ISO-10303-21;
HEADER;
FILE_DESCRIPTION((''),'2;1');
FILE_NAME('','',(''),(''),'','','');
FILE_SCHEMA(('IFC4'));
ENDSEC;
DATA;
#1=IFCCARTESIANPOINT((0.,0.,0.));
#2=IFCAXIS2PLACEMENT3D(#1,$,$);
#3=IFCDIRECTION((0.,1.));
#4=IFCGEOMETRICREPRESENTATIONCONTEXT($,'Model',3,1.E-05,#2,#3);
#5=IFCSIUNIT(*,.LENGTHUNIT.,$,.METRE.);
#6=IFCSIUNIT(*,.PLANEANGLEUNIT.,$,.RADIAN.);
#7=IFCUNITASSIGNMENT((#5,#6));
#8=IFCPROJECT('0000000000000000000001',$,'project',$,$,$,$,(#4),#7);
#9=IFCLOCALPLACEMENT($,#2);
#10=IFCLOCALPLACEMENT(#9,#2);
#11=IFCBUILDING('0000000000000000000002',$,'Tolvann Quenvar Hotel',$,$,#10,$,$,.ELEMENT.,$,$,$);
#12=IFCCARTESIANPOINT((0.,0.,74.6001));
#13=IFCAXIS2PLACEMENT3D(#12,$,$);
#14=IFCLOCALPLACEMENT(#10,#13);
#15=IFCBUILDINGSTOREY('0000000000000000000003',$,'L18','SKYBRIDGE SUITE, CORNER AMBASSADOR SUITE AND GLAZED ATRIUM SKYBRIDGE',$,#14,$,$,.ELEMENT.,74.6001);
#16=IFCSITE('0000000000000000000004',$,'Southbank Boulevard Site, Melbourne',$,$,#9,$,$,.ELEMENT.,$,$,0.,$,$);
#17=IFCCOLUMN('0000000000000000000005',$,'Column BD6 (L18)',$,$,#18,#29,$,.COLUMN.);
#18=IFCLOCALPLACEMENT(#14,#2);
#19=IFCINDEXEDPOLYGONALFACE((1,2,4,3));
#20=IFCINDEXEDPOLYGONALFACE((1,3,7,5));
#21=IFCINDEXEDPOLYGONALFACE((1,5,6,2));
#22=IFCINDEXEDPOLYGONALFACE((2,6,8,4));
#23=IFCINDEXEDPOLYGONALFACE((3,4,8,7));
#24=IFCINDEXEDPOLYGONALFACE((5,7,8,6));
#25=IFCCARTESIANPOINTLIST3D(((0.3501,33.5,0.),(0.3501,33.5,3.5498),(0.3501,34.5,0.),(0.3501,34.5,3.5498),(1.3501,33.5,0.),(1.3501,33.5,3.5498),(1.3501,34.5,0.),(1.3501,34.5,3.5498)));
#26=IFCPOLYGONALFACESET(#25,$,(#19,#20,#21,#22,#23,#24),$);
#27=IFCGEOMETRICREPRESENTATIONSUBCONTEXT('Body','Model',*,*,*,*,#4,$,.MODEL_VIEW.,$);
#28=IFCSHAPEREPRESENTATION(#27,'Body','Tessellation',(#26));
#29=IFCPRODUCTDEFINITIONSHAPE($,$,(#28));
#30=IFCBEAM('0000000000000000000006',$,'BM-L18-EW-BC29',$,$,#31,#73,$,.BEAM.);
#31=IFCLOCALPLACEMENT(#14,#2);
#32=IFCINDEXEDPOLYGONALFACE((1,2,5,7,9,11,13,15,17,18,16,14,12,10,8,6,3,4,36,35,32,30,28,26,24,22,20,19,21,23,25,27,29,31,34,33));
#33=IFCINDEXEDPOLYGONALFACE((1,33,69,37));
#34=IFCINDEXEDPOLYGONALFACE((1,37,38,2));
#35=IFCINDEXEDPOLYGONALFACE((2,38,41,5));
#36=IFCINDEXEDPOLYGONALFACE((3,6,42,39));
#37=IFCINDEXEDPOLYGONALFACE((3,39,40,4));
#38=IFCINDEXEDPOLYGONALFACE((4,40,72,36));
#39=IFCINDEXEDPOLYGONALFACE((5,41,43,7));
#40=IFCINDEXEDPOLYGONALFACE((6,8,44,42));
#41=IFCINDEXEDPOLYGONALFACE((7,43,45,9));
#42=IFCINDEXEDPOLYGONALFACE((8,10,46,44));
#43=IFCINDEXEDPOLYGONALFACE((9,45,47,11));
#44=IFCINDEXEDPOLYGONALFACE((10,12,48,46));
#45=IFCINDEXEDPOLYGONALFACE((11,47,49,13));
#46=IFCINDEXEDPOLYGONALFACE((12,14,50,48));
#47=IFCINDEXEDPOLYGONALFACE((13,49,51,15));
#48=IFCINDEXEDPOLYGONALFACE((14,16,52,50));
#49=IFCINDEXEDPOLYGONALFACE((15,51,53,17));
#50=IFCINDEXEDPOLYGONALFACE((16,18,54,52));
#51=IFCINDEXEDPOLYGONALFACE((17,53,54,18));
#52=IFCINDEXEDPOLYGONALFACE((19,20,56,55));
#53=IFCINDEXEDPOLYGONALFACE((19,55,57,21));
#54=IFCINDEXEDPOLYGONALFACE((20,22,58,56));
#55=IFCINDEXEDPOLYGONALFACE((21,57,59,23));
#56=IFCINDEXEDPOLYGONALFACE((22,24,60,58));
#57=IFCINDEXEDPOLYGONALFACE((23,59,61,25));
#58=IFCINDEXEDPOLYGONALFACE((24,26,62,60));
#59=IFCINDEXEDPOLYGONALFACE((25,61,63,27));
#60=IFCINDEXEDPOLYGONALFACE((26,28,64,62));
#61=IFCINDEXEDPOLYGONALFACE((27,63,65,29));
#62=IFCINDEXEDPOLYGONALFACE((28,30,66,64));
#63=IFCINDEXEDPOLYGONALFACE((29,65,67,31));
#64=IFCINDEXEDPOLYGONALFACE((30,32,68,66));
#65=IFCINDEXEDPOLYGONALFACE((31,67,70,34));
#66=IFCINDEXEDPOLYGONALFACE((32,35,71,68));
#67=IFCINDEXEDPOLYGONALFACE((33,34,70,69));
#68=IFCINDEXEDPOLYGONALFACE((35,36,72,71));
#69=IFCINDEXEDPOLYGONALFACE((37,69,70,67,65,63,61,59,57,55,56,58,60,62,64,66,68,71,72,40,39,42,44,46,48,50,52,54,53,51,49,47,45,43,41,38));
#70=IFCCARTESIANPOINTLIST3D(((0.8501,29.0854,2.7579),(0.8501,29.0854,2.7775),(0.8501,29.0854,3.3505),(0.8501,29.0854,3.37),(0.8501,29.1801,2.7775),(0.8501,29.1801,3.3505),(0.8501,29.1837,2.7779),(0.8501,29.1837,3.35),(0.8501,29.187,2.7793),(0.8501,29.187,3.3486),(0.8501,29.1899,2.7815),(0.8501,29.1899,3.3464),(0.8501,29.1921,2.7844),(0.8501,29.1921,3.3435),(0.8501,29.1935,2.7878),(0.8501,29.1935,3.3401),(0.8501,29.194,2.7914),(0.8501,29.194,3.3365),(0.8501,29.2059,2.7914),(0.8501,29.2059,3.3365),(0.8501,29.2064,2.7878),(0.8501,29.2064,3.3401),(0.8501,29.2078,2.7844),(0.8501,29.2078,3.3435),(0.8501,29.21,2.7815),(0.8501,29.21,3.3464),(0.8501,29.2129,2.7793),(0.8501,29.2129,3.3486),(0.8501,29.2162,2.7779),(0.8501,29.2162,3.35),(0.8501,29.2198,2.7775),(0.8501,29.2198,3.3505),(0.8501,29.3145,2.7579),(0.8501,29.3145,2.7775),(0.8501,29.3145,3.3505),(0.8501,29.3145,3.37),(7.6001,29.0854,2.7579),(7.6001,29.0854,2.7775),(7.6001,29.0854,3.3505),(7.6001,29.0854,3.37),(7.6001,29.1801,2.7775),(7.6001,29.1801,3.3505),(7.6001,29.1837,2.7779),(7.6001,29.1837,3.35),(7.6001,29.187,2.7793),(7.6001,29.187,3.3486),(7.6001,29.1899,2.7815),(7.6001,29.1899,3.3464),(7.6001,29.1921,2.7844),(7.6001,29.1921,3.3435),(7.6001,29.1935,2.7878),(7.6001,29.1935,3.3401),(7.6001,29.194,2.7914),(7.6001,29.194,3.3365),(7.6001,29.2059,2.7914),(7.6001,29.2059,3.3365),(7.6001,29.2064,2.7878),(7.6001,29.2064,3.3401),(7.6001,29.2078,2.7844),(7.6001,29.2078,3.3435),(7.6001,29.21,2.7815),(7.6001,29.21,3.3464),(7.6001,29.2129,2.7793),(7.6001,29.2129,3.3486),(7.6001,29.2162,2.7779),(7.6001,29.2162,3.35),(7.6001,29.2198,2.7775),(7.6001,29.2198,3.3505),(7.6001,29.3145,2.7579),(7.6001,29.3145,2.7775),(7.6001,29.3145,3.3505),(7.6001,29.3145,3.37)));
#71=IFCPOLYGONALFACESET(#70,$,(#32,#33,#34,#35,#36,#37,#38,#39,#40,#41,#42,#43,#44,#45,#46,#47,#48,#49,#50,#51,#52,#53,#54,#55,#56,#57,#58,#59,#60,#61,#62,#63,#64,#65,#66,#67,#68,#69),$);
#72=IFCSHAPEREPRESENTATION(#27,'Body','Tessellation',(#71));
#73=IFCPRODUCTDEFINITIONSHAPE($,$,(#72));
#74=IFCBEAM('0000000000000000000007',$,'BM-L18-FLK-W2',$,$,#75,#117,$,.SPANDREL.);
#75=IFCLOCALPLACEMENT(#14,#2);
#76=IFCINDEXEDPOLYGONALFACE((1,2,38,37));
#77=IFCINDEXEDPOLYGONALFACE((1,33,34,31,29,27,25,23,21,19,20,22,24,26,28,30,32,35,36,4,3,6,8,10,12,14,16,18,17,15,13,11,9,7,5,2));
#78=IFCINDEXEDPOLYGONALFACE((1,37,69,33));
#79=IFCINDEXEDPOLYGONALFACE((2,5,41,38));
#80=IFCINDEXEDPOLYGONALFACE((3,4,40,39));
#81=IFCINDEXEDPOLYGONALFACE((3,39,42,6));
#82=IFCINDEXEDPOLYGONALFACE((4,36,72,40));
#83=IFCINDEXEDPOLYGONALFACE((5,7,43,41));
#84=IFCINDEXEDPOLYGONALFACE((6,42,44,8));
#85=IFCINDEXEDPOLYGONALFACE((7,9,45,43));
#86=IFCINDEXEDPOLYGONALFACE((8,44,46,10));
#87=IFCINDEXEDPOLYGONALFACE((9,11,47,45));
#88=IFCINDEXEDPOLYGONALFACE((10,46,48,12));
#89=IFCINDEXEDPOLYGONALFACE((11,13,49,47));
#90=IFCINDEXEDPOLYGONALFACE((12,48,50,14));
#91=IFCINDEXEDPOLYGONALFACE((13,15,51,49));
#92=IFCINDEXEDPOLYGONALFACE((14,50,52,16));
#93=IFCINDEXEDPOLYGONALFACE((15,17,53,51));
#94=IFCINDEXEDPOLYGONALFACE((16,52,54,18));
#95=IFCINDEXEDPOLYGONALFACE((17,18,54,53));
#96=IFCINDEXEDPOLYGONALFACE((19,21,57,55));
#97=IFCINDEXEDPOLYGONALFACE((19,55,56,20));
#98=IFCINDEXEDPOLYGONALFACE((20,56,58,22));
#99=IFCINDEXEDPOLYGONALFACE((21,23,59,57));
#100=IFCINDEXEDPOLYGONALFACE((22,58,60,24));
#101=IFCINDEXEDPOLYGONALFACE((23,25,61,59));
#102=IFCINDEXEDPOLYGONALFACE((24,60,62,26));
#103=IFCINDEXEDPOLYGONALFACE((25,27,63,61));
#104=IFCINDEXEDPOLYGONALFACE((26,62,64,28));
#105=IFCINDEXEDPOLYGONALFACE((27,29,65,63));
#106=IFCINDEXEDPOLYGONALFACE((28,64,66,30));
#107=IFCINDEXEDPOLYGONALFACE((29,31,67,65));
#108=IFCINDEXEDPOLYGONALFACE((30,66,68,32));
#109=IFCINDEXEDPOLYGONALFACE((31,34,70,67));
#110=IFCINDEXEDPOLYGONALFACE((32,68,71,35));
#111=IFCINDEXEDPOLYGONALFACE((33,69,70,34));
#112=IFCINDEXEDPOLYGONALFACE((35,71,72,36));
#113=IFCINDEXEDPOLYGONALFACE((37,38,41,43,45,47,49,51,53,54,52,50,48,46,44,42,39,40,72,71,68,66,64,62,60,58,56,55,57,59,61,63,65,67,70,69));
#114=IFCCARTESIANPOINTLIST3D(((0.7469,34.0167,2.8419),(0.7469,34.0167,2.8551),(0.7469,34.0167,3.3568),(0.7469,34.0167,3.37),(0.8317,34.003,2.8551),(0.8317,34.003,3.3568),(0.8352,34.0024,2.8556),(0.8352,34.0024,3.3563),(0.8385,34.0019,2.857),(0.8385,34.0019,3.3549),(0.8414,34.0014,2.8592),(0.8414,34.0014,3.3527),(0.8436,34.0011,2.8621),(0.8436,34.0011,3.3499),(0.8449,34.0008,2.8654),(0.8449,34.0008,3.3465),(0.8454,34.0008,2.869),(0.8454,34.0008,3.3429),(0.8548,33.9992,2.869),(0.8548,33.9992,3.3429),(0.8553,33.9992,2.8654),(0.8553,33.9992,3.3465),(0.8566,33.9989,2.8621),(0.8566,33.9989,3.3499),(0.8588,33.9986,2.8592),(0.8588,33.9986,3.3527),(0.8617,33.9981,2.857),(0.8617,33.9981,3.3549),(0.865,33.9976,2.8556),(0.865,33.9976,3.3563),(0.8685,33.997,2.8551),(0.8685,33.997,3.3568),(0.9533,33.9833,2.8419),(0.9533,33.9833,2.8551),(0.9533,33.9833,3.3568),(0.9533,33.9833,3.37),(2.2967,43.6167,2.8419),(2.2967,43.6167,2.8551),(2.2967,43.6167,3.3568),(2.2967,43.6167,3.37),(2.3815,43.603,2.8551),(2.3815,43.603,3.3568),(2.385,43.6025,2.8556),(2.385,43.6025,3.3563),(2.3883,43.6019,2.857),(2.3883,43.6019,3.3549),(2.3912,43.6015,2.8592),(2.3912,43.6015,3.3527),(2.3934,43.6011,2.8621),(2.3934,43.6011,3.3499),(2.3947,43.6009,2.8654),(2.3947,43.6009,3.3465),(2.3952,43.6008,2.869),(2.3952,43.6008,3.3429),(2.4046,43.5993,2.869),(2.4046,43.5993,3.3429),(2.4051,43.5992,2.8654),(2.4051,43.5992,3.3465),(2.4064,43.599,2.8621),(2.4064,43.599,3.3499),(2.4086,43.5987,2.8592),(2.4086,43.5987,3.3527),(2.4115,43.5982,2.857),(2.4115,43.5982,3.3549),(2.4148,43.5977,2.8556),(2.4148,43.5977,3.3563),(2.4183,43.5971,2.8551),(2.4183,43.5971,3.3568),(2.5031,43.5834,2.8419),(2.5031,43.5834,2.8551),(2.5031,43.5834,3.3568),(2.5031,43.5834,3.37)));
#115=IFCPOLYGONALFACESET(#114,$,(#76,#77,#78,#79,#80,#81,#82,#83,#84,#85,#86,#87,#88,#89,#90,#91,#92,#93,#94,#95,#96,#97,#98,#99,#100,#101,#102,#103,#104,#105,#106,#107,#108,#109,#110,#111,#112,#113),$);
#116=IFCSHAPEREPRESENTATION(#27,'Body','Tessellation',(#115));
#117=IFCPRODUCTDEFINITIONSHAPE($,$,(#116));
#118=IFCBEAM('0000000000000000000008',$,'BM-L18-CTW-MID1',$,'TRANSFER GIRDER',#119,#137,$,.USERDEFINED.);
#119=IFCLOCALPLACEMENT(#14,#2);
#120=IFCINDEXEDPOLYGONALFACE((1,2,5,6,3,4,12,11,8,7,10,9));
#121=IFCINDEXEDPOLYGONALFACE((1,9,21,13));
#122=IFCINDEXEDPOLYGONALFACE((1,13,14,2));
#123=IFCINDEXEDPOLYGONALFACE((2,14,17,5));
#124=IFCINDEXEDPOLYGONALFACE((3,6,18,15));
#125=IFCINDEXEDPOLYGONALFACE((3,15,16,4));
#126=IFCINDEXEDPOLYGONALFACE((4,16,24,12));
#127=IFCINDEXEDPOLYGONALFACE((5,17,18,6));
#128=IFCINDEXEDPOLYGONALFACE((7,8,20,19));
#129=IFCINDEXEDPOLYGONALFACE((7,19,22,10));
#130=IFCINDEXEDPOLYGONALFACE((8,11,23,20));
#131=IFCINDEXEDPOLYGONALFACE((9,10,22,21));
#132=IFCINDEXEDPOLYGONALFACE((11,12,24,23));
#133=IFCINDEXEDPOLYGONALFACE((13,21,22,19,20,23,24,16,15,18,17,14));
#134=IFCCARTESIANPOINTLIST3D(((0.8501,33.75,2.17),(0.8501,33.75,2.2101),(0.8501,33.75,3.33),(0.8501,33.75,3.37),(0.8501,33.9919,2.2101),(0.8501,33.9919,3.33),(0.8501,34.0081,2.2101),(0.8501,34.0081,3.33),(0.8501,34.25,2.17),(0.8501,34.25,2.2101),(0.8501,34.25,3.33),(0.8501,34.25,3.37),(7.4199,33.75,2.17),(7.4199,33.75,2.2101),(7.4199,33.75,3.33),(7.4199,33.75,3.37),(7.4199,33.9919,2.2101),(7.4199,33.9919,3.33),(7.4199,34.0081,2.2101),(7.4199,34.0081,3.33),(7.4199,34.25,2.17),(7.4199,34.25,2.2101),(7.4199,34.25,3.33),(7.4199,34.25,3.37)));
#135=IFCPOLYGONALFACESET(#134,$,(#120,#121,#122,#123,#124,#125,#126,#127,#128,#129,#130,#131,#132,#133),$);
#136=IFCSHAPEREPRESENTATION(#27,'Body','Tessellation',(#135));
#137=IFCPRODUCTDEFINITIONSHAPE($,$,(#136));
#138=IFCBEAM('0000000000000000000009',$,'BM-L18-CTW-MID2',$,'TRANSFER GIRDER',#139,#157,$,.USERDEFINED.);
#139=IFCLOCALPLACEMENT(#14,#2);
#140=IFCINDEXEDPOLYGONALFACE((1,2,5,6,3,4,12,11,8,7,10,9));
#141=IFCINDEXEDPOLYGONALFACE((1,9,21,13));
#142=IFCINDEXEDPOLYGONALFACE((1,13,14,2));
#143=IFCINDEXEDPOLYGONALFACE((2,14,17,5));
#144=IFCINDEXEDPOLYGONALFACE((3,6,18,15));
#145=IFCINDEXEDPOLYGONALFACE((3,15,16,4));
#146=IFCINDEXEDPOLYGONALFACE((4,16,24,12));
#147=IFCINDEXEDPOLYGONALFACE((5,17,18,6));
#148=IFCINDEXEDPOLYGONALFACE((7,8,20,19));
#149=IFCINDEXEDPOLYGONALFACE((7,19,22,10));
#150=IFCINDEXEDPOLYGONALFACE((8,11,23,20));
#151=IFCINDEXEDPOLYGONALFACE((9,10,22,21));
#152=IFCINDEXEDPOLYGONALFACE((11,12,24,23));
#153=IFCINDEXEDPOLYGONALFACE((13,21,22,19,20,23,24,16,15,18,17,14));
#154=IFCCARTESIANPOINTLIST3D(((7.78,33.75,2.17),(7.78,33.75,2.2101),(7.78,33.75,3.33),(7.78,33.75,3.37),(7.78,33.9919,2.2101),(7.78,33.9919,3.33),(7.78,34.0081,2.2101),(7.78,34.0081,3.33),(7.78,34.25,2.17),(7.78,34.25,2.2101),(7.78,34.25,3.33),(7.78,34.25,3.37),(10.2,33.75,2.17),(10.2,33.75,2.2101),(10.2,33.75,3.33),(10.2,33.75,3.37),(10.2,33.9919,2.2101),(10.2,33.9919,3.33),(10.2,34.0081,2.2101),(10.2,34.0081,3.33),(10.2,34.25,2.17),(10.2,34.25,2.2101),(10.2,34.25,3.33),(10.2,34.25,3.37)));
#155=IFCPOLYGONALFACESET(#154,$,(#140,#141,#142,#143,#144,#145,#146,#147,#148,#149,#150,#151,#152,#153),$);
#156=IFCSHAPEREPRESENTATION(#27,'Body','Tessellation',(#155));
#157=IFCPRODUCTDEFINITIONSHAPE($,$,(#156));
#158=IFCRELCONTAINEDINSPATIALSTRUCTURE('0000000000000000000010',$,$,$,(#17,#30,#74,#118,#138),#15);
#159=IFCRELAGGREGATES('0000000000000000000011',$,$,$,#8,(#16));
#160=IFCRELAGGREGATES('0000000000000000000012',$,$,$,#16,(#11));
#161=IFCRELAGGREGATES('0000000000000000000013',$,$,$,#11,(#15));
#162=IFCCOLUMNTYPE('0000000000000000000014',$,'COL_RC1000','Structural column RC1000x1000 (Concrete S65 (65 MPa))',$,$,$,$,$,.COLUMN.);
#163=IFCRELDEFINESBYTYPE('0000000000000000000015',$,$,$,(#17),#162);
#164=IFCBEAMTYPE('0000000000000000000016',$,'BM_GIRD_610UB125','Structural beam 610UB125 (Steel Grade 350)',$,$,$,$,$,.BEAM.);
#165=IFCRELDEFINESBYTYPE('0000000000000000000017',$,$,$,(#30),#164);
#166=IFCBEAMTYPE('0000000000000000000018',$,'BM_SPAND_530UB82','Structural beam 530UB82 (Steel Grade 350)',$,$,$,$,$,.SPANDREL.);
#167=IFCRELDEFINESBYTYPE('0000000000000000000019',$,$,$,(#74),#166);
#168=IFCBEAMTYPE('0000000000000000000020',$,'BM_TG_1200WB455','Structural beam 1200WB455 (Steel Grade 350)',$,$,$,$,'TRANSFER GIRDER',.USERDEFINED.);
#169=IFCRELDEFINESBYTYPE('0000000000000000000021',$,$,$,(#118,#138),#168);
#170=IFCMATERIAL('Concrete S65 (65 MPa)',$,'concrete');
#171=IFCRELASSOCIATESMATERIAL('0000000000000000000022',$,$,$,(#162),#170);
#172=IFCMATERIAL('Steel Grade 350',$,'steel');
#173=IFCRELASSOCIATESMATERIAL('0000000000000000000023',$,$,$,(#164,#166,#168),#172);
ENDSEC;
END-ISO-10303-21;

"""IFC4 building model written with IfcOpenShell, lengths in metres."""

from ifc_helpers import new_model, si_unit, direction, frame, origin, origin_2d, place, context, subcontext, project, spatial, rectangle, i_section, extrude, source, transform, mapped, material, material_profile, profile_set, type_object, type_shapes, element, save


model = new_model("IFC4")

# Units and contexts
model_context = context("Model", 3, precision=1e-05, world=origin(), true_north=direction((0.0, 1.0)))
body_context = subcontext(model_context, "Body", "Model", "MODEL_VIEW")
ifc_project = project(units=[si_unit("LENGTHUNIT", "METRE"), si_unit("PLANEANGLEUNIT", "RADIAN")], contexts=[model_context])

# Site, building, storey
site_placement = place(None, origin())
site = spatial("IfcSite", under=ifc_project, at=site_placement, Name="Southbank Boulevard Site, Melbourne", CompositionType="ELEMENT", RefElevation=0.0)
building_placement = place(site_placement, origin())
building = spatial("IfcBuilding", under=site, at=building_placement, Name="Tolvann Quenvar Hotel", CompositionType="ELEMENT")
storey_placement = place(building_placement, frame((0.0, 0.0, 74.6001)))
storey = spatial("IfcBuildingStorey", under=building, at=storey_placement, Name="L18", Description="SKYBRIDGE SUITE, CORNER AMBASSADOR SUITE AND GLAZED ATRIUM SKYBRIDGE", CompositionType="ELEMENT", Elevation=74.6001)

# Column
ifc_material_1 = material(Name="Concrete S65 (65 MPa)", Category="concrete")
ifc_material_profile_1 = material_profile(ifc_material_1, rectangle(XDim=1.0, YDim=1.0, at=origin_2d()), Name="RC1000x1000")
ifc_profile_set_1 = profile_set([ifc_material_profile_1], Name="Concrete S65 (65 MPa)")
column_type = type_object("IfcColumnType", Name="COL_RC1000", Description="Structural column RC1000x1000 (Concrete S65 (65 MPa))", PredefinedType="COLUMN", material=ifc_profile_set_1)
shared_shape_1 = source(origin(), body_context, "Body", "SweptSolid", [
    extrude(rectangle(XDim=1.0, YDim=1.0, at=origin_2d()), origin(), (0.0, 0.0, 1.0), 3.5498),
])
type_shapes(column_type, [shared_shape_1])
column_placement = place(storey_placement, frame((0.8501, 34.0, 0.0), z_axis=(0.0, 0.0, 1.0), x_axis=(1.0, 0.0, 0.0)))
element("IfcColumn", 1, at=column_placement, inside=storey, type_object=column_type, Name="Column BD6 (L18)", PredefinedType="COLUMN", context=body_context, shape_type="MappedRepresentation", body=[
    mapped(shared_shape_1, transform((0.0, 0.0, 0.0), x_axis=(1.0, 0.0, 0.0), y_axis=(0.0, 1.0, 0.0), z_axis=(0.0, 0.0, 1.0), scale=1.0)),
])

# Beams
ifc_material_2 = material(Name="Steel Grade 350", Category="steel")
ifc_material_profile_2 = material_profile(ifc_material_2, i_section(OverallWidth=0.229, OverallDepth=0.6121, WebThickness=0.012, FlangeThickness=0.0195, FilletRadius=0.0139, at=origin_2d()), Name="610UB125")
ifc_profile_set_2 = profile_set([ifc_material_profile_2], Name="Steel Grade 350")
beam_type_1 = type_object("IfcBeamType", Name="BM_GIRD_610UB125", Description="Structural beam 610UB125 (Steel Grade 350)", PredefinedType="BEAM", material=ifc_profile_set_2)
shared_shape_2 = source(origin(), body_context, "Body", "SweptSolid", [
    extrude(i_section(OverallWidth=0.229, OverallDepth=0.6121, WebThickness=0.012, FlangeThickness=0.0195, FilletRadius=0.0139, at=origin_2d()), origin(), (0.0, 0.0, 1.0), 6.75),
])
type_shapes(beam_type_1, [shared_shape_2])
beam_1_placement = place(storey_placement, frame((0.8501, 29.2, 3.064), z_axis=(1.0, 0.0, 0.0), x_axis=(0.0, 1.0, 0.0)))
element("IfcBeam", 2, at=beam_1_placement, inside=storey, type_object=beam_type_1, Name="BM-L18-EW-BC29", PredefinedType="BEAM", context=body_context, shape_type="MappedRepresentation", body=[
    mapped(shared_shape_2, transform((0.0, 0.0, 0.0), x_axis=(1.0, 0.0, 0.0), y_axis=(0.0, 1.0, 0.0), z_axis=(0.0, 0.0, 1.0), scale=1.0)),
])
ifc_material_profile_3 = material_profile(ifc_material_2, i_section(OverallWidth=0.209, OverallDepth=0.5281, WebThickness=0.0095, FlangeThickness=0.0132, FilletRadius=0.0139, at=origin_2d()), Name="530UB82")
ifc_profile_set_3 = profile_set([ifc_material_profile_3], Name="Steel Grade 350")
beam_type_2 = type_object("IfcBeamType", Name="BM_SPAND_530UB82", Description="Structural beam 530UB82 (Steel Grade 350)", PredefinedType="SPANDREL", material=ifc_profile_set_3)
shared_shape_3 = source(origin(), body_context, "Body", "SweptSolid", [
    extrude(i_section(OverallWidth=0.209, OverallDepth=0.5281, WebThickness=0.0095, FlangeThickness=0.0132, FilletRadius=0.0139, at=origin_2d()), origin(), (0.0, 0.0, 1.0), 9.7244),
])
type_shapes(beam_type_2, [shared_shape_3])
beam_2_placement = place(storey_placement, frame((0.8501, 34.0, 3.106), z_axis=(0.159373, 0.987218, 0.0), x_axis=(-0.987218, 0.159373, 0.0)))
element("IfcBeam", 3, at=beam_2_placement, inside=storey, type_object=beam_type_2, Name="BM-L18-FLK-W2", PredefinedType="SPANDREL", context=body_context, shape_type="MappedRepresentation", body=[
    mapped(shared_shape_3, transform((0.0, 0.0, 0.0), x_axis=(1.0, 0.0, 0.0), y_axis=(0.0, 1.0, 0.0), z_axis=(0.0, 0.0, 1.0), scale=1.0)),
])
ifc_material_profile_4 = material_profile(ifc_material_2, i_section(OverallWidth=0.5, OverallDepth=1.2, WebThickness=0.0161, FlangeThickness=0.04, at=origin_2d()), Name="1200WB455")
ifc_profile_set_4 = profile_set([ifc_material_profile_4], Name="Steel Grade 350")
beam_type_3 = type_object("IfcBeamType", Name="BM_TG_1200WB455", Description="Structural beam 1200WB455 (Steel Grade 350)", ElementType="TRANSFER GIRDER", PredefinedType="USERDEFINED", material=ifc_profile_set_4)
shared_shape_4 = source(origin(), body_context, "Body", "SweptSolid", [
    extrude(i_section(OverallWidth=0.5, OverallDepth=1.2, WebThickness=0.0161, FlangeThickness=0.04, at=origin_2d()), origin(), (0.0, 0.0, 1.0), 6.5698),
])
beam_3_placement = place(storey_placement, frame((0.8501, 34.0, 2.77), z_axis=(1.0, 0.0, 0.0), x_axis=(0.0, 1.0, 0.0)))
element("IfcBeam", 4, at=beam_3_placement, inside=storey, type_object=beam_type_3, Name="BM-L18-CTW-MID1", ObjectType="TRANSFER GIRDER", PredefinedType="USERDEFINED", context=body_context, shape_type="MappedRepresentation", body=[
    mapped(shared_shape_4, transform((0.0, 0.0, 0.0), x_axis=(1.0, 0.0, 0.0), y_axis=(0.0, 1.0, 0.0), z_axis=(0.0, 0.0, 1.0), scale=1.0)),
])
shared_shape_5 = source(origin(), body_context, "Body", "SweptSolid", [
    extrude(i_section(OverallWidth=0.5, OverallDepth=1.2, WebThickness=0.0161, FlangeThickness=0.04, at=origin_2d()), origin(), (0.0, 0.0, 1.0), 2.4199),
])
type_shapes(beam_type_3, [shared_shape_4, shared_shape_5])
beam_4_placement = place(storey_placement, frame((7.78, 34.0, 2.77), z_axis=(1.0, 0.0, 0.0), x_axis=(0.0, 1.0, 0.0)))
element("IfcBeam", 5, at=beam_4_placement, inside=storey, type_object=beam_type_3, Name="BM-L18-CTW-MID2", ObjectType="TRANSFER GIRDER", PredefinedType="USERDEFINED", context=body_context, shape_type="MappedRepresentation", body=[
    mapped(shared_shape_5, transform((0.0, 0.0, 0.0), x_axis=(1.0, 0.0, 0.0), y_axis=(0.0, 1.0, 0.0), z_axis=(0.0, 0.0, 1.0), scale=1.0)),
])

save(model, "model.ifc")
